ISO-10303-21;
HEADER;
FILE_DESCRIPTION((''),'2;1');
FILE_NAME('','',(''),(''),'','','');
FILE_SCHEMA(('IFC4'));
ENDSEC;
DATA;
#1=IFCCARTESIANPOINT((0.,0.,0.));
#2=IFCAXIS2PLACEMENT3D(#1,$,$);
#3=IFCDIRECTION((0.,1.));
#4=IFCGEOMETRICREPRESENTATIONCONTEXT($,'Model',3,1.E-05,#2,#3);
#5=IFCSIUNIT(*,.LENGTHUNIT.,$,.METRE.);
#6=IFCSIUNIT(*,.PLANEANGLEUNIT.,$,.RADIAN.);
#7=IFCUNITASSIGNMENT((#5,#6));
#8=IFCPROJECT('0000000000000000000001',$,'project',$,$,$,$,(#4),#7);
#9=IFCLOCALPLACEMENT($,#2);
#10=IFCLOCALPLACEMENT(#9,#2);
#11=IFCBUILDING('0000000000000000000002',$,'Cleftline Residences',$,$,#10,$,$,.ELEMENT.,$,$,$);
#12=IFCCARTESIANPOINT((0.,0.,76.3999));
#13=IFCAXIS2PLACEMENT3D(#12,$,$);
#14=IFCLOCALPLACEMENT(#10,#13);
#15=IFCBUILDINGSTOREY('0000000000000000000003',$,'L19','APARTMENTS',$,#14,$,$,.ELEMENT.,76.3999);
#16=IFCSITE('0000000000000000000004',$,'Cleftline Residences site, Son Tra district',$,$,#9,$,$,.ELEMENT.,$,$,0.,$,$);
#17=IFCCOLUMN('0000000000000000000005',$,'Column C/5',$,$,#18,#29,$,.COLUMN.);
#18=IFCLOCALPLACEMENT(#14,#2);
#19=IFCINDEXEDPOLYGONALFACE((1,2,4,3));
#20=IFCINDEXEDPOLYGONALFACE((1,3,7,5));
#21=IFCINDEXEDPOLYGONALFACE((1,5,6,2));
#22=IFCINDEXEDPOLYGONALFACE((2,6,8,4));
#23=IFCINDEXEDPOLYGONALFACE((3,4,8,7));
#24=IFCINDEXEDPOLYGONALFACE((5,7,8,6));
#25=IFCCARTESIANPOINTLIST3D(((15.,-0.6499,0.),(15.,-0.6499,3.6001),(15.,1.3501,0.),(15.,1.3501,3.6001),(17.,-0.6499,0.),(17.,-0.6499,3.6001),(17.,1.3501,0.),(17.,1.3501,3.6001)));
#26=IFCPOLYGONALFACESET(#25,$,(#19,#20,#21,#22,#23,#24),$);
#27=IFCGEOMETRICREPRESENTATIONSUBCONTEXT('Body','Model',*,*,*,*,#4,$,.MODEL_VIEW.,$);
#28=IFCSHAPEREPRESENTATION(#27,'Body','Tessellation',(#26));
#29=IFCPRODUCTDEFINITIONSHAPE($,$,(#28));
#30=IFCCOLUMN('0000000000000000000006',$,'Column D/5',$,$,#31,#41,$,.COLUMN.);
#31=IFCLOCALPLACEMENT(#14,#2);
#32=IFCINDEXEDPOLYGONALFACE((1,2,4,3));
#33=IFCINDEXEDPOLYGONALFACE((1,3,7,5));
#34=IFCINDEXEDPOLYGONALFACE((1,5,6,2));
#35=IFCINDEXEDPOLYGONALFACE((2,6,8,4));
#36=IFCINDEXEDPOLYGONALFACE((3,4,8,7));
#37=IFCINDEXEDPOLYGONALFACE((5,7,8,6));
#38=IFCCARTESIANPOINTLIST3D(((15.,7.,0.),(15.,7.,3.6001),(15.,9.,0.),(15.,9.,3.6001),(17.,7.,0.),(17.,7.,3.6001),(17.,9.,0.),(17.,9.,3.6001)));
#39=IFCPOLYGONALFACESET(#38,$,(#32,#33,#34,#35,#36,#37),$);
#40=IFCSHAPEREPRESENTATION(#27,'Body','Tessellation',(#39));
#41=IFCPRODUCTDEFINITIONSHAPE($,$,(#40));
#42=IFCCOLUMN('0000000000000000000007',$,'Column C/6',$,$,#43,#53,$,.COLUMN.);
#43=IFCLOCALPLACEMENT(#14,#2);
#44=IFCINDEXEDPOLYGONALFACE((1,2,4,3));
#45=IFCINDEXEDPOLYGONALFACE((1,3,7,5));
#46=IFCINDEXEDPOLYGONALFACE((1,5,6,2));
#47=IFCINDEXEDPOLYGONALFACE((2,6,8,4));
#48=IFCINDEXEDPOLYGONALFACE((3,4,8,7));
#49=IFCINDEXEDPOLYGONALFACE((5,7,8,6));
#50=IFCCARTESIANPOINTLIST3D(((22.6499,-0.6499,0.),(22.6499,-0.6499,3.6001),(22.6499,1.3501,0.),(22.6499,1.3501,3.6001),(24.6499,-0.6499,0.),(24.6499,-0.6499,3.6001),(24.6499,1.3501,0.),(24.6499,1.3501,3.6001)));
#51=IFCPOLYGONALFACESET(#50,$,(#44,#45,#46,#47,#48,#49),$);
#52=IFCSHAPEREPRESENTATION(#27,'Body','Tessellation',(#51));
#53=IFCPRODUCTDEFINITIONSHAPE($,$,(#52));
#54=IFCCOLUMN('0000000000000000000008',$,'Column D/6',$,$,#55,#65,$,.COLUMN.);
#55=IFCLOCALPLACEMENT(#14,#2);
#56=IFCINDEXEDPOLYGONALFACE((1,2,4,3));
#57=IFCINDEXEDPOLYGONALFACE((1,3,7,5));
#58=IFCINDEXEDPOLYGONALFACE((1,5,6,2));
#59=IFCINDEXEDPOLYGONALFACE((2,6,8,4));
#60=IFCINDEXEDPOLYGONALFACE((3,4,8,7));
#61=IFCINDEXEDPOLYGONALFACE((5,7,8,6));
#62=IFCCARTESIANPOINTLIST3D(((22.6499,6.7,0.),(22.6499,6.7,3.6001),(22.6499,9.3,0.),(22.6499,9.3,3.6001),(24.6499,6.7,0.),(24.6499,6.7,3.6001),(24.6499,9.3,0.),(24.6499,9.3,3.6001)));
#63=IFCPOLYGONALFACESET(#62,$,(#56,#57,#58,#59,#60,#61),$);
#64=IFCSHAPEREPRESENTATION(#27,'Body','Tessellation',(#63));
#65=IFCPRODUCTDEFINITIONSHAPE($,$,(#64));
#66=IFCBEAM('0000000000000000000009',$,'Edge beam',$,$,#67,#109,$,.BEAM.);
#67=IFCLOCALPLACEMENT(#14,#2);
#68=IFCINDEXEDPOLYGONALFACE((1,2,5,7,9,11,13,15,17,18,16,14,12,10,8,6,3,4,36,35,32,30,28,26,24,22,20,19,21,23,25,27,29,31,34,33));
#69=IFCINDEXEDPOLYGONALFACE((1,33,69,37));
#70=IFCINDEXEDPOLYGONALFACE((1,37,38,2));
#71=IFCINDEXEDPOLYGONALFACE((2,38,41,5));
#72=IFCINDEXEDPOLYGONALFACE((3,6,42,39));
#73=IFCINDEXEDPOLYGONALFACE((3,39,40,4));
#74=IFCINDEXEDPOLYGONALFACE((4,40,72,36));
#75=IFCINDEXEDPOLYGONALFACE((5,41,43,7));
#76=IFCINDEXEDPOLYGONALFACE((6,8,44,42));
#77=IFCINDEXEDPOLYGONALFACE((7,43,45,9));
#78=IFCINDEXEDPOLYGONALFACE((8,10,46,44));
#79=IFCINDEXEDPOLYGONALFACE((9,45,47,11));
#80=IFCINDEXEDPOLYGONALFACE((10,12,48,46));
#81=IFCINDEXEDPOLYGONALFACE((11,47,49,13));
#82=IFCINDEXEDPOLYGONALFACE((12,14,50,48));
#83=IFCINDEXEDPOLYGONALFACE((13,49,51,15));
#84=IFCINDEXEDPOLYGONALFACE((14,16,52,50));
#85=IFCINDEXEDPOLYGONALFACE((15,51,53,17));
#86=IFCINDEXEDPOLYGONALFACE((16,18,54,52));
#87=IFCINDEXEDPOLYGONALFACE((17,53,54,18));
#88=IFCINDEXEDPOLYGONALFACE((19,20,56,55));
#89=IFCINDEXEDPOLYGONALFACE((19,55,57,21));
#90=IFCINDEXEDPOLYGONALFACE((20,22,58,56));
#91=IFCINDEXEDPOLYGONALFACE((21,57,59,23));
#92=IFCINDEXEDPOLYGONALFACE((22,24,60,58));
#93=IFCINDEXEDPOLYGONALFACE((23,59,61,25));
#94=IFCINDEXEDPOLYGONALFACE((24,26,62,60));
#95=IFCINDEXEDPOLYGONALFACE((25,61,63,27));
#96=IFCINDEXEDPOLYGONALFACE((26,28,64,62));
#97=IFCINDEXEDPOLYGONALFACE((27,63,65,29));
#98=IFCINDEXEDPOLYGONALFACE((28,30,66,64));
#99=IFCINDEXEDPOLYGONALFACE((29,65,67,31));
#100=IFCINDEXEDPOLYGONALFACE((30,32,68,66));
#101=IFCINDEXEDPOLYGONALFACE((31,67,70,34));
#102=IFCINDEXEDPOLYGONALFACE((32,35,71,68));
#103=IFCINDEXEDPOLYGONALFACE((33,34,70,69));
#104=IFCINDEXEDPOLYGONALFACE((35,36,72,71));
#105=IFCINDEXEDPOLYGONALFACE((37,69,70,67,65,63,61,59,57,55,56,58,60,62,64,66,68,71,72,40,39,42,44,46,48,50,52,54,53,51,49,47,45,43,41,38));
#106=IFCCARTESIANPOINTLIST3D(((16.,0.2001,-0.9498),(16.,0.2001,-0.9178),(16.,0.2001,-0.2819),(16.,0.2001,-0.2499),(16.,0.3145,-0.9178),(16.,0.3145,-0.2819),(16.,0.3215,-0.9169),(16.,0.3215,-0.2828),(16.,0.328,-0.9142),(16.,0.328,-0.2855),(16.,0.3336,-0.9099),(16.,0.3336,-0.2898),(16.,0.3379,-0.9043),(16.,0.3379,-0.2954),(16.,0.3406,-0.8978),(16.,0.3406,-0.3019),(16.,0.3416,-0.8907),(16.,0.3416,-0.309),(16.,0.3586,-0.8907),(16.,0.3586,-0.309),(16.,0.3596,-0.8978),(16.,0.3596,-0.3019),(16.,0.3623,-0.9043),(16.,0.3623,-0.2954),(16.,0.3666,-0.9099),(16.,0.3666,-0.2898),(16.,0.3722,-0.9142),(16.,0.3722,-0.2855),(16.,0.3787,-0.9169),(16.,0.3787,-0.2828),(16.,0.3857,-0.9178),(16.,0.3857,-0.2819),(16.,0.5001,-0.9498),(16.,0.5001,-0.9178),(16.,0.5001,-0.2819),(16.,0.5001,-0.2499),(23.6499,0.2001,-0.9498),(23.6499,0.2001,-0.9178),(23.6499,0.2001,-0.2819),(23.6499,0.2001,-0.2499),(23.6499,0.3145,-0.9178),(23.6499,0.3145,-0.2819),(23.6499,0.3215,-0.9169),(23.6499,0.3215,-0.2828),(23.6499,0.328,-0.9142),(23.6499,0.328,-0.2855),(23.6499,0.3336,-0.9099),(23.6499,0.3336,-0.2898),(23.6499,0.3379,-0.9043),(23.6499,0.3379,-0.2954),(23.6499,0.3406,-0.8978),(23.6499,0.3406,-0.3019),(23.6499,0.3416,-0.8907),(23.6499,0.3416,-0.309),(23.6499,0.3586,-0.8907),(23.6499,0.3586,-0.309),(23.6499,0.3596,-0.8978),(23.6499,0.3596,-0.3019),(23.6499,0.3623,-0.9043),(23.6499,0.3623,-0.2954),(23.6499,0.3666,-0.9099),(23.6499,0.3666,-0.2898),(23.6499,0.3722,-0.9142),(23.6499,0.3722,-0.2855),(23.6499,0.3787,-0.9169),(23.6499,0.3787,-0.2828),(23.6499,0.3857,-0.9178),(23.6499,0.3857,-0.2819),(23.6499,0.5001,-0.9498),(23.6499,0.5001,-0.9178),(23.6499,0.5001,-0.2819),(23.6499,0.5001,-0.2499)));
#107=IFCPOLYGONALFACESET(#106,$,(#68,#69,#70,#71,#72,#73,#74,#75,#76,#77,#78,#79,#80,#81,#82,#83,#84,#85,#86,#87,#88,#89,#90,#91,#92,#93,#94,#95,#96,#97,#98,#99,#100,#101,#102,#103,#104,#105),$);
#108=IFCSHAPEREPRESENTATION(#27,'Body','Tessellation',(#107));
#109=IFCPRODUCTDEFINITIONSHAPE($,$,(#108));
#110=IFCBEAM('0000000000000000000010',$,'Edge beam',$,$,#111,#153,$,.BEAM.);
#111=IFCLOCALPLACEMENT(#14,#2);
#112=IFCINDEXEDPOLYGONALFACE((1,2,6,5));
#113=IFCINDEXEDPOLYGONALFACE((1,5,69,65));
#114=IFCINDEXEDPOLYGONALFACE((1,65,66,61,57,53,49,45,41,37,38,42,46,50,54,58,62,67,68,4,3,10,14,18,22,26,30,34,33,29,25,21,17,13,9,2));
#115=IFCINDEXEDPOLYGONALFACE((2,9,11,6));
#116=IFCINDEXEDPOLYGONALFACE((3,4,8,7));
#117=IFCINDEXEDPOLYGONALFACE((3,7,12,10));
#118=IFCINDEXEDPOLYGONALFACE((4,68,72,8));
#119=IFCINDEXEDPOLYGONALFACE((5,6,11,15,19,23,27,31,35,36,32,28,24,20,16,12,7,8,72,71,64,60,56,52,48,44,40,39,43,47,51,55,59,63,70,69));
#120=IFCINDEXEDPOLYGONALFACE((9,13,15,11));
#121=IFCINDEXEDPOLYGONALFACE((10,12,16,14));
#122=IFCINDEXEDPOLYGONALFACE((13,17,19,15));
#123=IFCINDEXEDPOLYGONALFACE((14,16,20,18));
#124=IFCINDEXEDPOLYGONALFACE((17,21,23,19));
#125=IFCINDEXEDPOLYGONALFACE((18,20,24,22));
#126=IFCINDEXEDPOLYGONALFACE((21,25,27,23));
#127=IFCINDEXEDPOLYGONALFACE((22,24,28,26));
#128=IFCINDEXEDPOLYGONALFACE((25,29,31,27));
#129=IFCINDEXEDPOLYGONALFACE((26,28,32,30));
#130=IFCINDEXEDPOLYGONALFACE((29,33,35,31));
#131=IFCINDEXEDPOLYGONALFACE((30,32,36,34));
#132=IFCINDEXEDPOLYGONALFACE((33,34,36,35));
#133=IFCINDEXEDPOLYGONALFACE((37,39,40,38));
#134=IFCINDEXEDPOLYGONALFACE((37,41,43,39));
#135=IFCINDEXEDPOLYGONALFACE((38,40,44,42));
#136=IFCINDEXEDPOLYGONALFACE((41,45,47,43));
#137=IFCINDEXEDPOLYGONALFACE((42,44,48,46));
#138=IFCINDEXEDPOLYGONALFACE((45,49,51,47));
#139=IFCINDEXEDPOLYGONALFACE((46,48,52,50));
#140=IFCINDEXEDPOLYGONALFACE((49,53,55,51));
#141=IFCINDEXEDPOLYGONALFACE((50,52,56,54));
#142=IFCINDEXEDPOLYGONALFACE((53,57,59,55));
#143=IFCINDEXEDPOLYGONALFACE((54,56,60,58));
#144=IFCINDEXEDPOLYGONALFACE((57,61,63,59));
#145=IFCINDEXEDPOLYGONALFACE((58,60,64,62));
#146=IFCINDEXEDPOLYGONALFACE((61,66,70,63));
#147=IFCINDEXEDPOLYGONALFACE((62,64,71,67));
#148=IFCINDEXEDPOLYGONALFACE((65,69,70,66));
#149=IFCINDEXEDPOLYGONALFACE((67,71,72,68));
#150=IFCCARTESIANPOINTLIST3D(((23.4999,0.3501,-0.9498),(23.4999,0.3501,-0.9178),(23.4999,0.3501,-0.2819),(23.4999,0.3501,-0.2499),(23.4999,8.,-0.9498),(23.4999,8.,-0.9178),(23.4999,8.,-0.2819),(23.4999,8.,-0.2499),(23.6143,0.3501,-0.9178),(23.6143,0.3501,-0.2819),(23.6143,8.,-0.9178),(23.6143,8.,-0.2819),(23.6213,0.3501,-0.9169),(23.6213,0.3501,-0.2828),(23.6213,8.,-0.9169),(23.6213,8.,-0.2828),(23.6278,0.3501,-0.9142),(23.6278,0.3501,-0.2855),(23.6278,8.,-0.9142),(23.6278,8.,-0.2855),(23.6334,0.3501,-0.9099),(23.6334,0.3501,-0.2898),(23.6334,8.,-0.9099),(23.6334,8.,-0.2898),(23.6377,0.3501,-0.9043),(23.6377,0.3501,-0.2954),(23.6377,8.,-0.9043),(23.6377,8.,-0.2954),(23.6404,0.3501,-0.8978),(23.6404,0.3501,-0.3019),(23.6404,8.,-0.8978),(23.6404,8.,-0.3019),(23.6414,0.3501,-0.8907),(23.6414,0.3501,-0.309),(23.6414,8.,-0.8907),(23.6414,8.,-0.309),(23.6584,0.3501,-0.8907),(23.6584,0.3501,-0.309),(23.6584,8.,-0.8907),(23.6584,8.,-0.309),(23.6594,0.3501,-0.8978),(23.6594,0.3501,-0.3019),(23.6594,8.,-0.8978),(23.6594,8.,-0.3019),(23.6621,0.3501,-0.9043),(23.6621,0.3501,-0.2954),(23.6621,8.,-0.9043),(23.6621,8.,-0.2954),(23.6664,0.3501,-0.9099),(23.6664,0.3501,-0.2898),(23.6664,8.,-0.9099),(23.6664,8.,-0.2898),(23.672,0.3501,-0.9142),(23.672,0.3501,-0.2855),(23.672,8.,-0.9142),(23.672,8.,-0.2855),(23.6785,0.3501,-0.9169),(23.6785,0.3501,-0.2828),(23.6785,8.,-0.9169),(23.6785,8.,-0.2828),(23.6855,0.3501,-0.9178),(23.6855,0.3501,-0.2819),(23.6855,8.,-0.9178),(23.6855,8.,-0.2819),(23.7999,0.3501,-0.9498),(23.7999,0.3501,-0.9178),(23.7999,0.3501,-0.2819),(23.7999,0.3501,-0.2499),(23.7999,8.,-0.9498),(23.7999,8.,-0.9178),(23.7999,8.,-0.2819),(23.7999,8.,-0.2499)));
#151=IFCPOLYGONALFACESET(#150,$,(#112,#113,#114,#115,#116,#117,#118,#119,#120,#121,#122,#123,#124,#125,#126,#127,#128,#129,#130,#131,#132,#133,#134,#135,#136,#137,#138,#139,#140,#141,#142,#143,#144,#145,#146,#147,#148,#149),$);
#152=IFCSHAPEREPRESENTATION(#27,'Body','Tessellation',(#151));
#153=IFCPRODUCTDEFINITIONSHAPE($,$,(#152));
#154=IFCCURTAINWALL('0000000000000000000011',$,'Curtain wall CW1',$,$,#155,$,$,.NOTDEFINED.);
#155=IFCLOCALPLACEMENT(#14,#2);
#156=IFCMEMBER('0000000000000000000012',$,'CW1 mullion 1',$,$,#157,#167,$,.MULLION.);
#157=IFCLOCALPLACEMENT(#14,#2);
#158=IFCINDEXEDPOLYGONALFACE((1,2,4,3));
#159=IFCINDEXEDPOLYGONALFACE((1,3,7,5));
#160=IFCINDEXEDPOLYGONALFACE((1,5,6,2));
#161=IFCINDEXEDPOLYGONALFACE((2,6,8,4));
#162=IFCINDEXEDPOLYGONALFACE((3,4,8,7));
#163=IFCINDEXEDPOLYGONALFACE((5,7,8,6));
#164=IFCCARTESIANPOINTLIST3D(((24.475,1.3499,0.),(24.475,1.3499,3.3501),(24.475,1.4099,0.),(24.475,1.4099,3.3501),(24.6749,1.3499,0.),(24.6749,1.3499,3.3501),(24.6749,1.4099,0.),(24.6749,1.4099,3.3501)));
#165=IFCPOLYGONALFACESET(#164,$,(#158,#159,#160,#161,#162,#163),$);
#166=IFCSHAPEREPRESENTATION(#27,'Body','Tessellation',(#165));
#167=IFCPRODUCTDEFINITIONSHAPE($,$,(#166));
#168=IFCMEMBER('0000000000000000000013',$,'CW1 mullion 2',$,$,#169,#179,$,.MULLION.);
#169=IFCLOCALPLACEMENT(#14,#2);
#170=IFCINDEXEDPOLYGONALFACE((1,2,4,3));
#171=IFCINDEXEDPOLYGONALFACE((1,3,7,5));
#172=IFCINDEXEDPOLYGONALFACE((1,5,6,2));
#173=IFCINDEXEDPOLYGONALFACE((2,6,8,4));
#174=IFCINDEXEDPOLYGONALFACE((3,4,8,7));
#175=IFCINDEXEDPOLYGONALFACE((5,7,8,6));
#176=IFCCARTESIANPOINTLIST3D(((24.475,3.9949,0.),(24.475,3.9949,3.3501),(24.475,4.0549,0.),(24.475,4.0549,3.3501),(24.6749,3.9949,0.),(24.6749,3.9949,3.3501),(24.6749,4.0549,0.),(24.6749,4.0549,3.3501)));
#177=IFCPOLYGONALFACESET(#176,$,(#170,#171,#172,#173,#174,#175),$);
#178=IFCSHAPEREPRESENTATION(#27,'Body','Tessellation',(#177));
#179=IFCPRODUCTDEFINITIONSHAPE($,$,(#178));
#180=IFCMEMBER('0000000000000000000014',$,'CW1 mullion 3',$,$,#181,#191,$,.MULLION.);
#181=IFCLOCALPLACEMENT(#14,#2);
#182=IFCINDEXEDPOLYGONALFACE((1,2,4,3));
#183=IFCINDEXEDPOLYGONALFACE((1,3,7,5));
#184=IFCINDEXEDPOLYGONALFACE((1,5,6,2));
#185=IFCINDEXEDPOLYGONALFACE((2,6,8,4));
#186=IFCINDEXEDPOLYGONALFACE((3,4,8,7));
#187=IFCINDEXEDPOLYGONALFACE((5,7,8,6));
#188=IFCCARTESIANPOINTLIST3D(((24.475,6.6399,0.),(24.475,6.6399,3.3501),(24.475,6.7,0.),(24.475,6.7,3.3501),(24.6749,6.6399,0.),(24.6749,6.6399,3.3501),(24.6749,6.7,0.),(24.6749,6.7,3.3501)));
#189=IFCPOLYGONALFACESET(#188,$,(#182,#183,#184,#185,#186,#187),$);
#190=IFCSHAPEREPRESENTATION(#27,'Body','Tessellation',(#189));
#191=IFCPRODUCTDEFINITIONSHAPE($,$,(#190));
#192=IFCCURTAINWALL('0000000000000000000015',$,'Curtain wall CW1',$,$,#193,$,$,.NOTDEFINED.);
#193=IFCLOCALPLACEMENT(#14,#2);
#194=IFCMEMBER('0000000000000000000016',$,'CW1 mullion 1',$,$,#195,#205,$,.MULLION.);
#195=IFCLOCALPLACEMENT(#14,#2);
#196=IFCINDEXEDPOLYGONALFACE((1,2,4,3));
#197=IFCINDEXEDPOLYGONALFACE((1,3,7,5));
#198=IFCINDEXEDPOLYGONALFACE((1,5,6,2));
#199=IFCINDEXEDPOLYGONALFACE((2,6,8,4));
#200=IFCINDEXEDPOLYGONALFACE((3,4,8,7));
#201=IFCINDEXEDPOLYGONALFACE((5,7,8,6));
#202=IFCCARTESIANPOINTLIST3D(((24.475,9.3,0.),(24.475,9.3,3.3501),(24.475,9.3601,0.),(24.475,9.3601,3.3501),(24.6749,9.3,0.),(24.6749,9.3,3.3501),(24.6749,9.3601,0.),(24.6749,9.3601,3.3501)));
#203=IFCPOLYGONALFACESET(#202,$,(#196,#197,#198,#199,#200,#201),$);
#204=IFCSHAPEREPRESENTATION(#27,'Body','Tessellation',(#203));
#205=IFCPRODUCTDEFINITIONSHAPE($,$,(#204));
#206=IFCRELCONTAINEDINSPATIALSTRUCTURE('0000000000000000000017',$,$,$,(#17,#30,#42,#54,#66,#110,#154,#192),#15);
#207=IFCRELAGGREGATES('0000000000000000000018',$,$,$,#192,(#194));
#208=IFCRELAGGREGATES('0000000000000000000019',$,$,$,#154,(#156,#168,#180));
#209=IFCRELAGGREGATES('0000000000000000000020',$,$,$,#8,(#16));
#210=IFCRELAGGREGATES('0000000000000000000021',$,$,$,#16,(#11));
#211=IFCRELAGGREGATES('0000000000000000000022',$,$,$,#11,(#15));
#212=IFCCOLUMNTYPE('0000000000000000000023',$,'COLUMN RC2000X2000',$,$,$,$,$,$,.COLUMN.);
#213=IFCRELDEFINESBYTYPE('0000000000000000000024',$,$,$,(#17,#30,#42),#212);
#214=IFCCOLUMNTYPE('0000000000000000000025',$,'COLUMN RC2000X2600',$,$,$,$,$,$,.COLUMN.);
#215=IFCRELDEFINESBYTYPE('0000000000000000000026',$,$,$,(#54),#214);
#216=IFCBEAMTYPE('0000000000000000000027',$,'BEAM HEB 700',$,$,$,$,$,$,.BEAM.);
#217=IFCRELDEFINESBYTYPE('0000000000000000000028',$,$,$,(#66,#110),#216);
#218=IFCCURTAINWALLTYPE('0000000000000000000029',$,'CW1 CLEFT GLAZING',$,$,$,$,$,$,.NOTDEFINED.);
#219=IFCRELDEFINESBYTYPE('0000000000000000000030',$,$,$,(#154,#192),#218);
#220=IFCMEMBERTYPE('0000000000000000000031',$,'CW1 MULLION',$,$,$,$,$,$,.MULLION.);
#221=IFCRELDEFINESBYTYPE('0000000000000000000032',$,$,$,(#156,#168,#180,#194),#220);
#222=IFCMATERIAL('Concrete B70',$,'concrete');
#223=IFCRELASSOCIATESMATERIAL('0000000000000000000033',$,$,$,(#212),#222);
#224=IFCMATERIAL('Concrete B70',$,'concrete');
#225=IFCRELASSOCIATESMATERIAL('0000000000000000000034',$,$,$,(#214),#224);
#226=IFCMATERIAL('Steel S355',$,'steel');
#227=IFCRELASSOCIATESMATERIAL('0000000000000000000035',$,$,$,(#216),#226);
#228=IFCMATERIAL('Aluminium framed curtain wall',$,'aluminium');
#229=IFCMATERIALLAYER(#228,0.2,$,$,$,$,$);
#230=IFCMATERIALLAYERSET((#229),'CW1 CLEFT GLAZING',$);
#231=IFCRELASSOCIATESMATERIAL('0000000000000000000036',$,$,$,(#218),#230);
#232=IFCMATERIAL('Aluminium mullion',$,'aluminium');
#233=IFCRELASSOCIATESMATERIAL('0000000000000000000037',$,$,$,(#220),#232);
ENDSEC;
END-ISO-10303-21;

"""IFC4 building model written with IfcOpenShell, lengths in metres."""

from ifc_helpers import new_model, si_unit, direction, frame, origin, origin_2d, place, context, subcontext, project, spatial, rectangle, i_section, extrude, material, layer, layer_set, material_profile, profile_set, type_object, element, aggregate, save


model = new_model("IFC4")

# Units and contexts
model_context = context("Model", 3, precision=1e-05, world=origin(), true_north=direction((0.0, 1.0)))
body_context = subcontext(model_context, "Body", "Model", "MODEL_VIEW")
ifc_project = project(units=[si_unit("LENGTHUNIT", "METRE"), si_unit("PLANEANGLEUNIT", "RADIAN")], contexts=[model_context])

# Site, building, storey
site_placement = place(None, origin())
site = spatial("IfcSite", under=ifc_project, at=site_placement, Name="Cleftline Residences site, Son Tra district", CompositionType="ELEMENT", RefElevation=0.0)
building_placement = place(site_placement, origin())
building = spatial("IfcBuilding", under=site, at=building_placement, Name="Cleftline Residences", CompositionType="ELEMENT")
storey_placement = place(building_placement, frame((0.0, 0.0, 76.3999)))
storey = spatial("IfcBuildingStorey", under=building, at=storey_placement, Name="L19", Description="APARTMENTS", CompositionType="ELEMENT", Elevation=76.3999)

# Columns
ifc_material_1 = material(Name="Concrete B70", Category="concrete")
ifc_material_profile_1 = material_profile(ifc_material_1, rectangle(XDim=2.0, YDim=2.0, at=origin_2d()))
ifc_profile_set_1 = profile_set([ifc_material_profile_1], Name="Concrete B70")
column_type_1 = type_object("IfcColumnType", Name="COLUMN RC2000X2000", PredefinedType="COLUMN", material=ifc_profile_set_1)
for number, where, z_axis, x_axis, name in (
    (1, (16.0, 0.3501, 0.0), (0.0, 0.0, 1.0), (1.0, 0.0, 0.0), "Column C/5"),
    (2, (16.0, 8.0, 0.0), (0.0, 0.0, 1.0), (1.0, 0.0, 0.0), "Column D/5"),
    (3, (23.6499, 0.3501, 0.0), (0.0, 0.0, 1.0), (1.0, 0.0, 0.0), "Column C/6"),
):
    element("IfcColumn", number, at=place(storey_placement, frame(where, z_axis=z_axis, x_axis=x_axis)), inside=storey, type_object=column_type_1, Name=name, PredefinedType="COLUMN", context=body_context, shape_type="SweptSolid", body=[
        extrude(rectangle(XDim=2.0, YDim=2.0, at=origin_2d()), origin(), (0.0, 0.0, 1.0), 3.6001),
    ])
ifc_material_2 = material(Name="Concrete B70", Category="concrete")
ifc_material_profile_2 = material_profile(ifc_material_2, rectangle(XDim=2.0, YDim=2.6001, at=origin_2d()))
ifc_profile_set_2 = profile_set([ifc_material_profile_2], Name="Concrete B70")
column_type_2 = type_object("IfcColumnType", Name="COLUMN RC2000X2600", PredefinedType="COLUMN", material=ifc_profile_set_2)
column_placement = place(storey_placement, frame((23.6499, 8.0, 0.0), z_axis=(0.0, 0.0, 1.0), x_axis=(1.0, 0.0, 0.0)))
element("IfcColumn", 4, at=column_placement, inside=storey, type_object=column_type_2, Name="Column D/6", PredefinedType="COLUMN", context=body_context, shape_type="SweptSolid", body=[
    extrude(rectangle(XDim=2.0, YDim=2.6001, at=origin_2d()), origin(), (0.0, 0.0, 1.0), 3.6001),
])

# Beams
ifc_material_3 = material(Name="Steel S355", Category="steel")
ifc_material_profile_3 = material_profile(ifc_material_3, i_section(OverallWidth=0.3, OverallDepth=0.7, WebThickness=0.0171, FlangeThickness=0.032, FilletRadius=0.0271, at=origin_2d()))
ifc_profile_set_3 = profile_set([ifc_material_profile_3], Name="Steel S355")
beam_type = type_object("IfcBeamType", Name="BEAM HEB 700", PredefinedType="BEAM", material=ifc_profile_set_3)
for number, where, z_axis, x_axis, name in (
    (5, (16.0, 0.3501, -0.5999), (1.0, 0.0, 0.0), (0.0, 1.0, 0.0), "Edge beam"),
    (6, (23.6499, 0.3501, -0.5999), (0.0, 1.0, 0.0), (-1.0, 0.0, 0.0), "Edge beam"),
):
    element("IfcBeam", number, at=place(storey_placement, frame(where, z_axis=z_axis, x_axis=x_axis)), inside=storey, type_object=beam_type, Name=name, PredefinedType="BEAM", context=body_context, shape_type="SweptSolid", body=[
        extrude(i_section(OverallWidth=0.3, OverallDepth=0.7, WebThickness=0.0171, FlangeThickness=0.032, FilletRadius=0.0271, at=origin_2d()), origin(), (0.0, 0.0, 1.0), 7.6499),
    ])

# Curtain wall, members
ifc_material_4 = material(Name="Aluminium framed curtain wall", Category="aluminium")
ifc_layer_1 = layer(ifc_material_4, 0.2)
ifc_layer_set_1 = layer_set([ifc_layer_1], Name="CW1 CLEFT GLAZING")
curtain_wall_type = type_object("IfcCurtainWallType", Name="CW1 CLEFT GLAZING", PredefinedType="NOTDEFINED", material=ifc_layer_set_1)
curtain_wall_1_placement = place(storey_placement, origin())
curtain_wall_1 = element("IfcCurtainWall", 7, at=curtain_wall_1_placement, inside=storey, type_object=curtain_wall_type, Name="Curtain wall CW1", PredefinedType="NOTDEFINED")
ifc_material_5 = material(Name="Aluminium mullion", Category="aluminium")
ifc_material_profile_4 = material_profile(ifc_material_5, rectangle(XDim=0.2, YDim=0.0601, at=origin_2d()))
ifc_profile_set_4 = profile_set([ifc_material_profile_4], Name="Aluminium mullion")
member_type_1 = type_object("IfcMemberType", Name="CW1 MULLION", PredefinedType="MULLION", material=ifc_profile_set_4)
member_1_placement = place(storey_placement, frame((24.575, 1.3799, 0.0), z_axis=(0.0, 0.0, 1.0), x_axis=(-1.0, 0.0, 0.0)))
member_1 = element("IfcMember", 8, at=member_1_placement, type_object=member_type_1, Name="CW1 mullion 1", PredefinedType="MULLION", context=body_context, shape_type="SweptSolid", body=[
    extrude(rectangle(XDim=0.2, YDim=0.0601, at=origin_2d()), origin(), (0.0, 0.0, 1.0), 3.3501),
])
member_2_placement = place(storey_placement, frame((24.575, 4.0249, 0.0), z_axis=(0.0, 0.0, 1.0), x_axis=(-1.0, 0.0, 0.0)))
member_2 = element("IfcMember", 9, at=member_2_placement, type_object=member_type_1, Name="CW1 mullion 2", PredefinedType="MULLION", context=body_context, shape_type="SweptSolid", body=[
    extrude(rectangle(XDim=0.2, YDim=0.0601, at=origin_2d()), origin(), (0.0, 0.0, 1.0), 3.3501),
])
member_3_placement = place(storey_placement, frame((24.575, 6.6699, 0.0), z_axis=(0.0, 0.0, 1.0), x_axis=(-1.0, 0.0, 0.0)))
member_3 = element("IfcMember", 10, at=member_3_placement, type_object=member_type_1, Name="CW1 mullion 3", PredefinedType="MULLION", context=body_context, shape_type="SweptSolid", body=[
    extrude(rectangle(XDim=0.2, YDim=0.0601, at=origin_2d()), origin(), (0.0, 0.0, 1.0), 3.3501),
])

# Curtain wall, member
curtain_wall_2_placement = place(storey_placement, origin())
curtain_wall_2 = element("IfcCurtainWall", 11, at=curtain_wall_2_placement, inside=storey, type_object=curtain_wall_type, Name="Curtain wall CW1", PredefinedType="NOTDEFINED")
member_4_placement = place(storey_placement, frame((24.575, 9.3301, 0.0), z_axis=(0.0, 0.0, 1.0), x_axis=(-1.0, 0.0, 0.0)))
member_4 = element("IfcMember", 12, at=member_4_placement, type_object=member_type_1, Name="CW1 mullion 1", PredefinedType="MULLION", context=body_context, shape_type="SweptSolid", body=[
    extrude(rectangle(XDim=0.2, YDim=0.0601, at=origin_2d()), origin(), (0.0, 0.0, 1.0), 3.3501),
])

aggregate(curtain_wall_2, [member_4])

aggregate(curtain_wall_1, [member_1, member_2, member_3])

save(model, "model.ifc")
